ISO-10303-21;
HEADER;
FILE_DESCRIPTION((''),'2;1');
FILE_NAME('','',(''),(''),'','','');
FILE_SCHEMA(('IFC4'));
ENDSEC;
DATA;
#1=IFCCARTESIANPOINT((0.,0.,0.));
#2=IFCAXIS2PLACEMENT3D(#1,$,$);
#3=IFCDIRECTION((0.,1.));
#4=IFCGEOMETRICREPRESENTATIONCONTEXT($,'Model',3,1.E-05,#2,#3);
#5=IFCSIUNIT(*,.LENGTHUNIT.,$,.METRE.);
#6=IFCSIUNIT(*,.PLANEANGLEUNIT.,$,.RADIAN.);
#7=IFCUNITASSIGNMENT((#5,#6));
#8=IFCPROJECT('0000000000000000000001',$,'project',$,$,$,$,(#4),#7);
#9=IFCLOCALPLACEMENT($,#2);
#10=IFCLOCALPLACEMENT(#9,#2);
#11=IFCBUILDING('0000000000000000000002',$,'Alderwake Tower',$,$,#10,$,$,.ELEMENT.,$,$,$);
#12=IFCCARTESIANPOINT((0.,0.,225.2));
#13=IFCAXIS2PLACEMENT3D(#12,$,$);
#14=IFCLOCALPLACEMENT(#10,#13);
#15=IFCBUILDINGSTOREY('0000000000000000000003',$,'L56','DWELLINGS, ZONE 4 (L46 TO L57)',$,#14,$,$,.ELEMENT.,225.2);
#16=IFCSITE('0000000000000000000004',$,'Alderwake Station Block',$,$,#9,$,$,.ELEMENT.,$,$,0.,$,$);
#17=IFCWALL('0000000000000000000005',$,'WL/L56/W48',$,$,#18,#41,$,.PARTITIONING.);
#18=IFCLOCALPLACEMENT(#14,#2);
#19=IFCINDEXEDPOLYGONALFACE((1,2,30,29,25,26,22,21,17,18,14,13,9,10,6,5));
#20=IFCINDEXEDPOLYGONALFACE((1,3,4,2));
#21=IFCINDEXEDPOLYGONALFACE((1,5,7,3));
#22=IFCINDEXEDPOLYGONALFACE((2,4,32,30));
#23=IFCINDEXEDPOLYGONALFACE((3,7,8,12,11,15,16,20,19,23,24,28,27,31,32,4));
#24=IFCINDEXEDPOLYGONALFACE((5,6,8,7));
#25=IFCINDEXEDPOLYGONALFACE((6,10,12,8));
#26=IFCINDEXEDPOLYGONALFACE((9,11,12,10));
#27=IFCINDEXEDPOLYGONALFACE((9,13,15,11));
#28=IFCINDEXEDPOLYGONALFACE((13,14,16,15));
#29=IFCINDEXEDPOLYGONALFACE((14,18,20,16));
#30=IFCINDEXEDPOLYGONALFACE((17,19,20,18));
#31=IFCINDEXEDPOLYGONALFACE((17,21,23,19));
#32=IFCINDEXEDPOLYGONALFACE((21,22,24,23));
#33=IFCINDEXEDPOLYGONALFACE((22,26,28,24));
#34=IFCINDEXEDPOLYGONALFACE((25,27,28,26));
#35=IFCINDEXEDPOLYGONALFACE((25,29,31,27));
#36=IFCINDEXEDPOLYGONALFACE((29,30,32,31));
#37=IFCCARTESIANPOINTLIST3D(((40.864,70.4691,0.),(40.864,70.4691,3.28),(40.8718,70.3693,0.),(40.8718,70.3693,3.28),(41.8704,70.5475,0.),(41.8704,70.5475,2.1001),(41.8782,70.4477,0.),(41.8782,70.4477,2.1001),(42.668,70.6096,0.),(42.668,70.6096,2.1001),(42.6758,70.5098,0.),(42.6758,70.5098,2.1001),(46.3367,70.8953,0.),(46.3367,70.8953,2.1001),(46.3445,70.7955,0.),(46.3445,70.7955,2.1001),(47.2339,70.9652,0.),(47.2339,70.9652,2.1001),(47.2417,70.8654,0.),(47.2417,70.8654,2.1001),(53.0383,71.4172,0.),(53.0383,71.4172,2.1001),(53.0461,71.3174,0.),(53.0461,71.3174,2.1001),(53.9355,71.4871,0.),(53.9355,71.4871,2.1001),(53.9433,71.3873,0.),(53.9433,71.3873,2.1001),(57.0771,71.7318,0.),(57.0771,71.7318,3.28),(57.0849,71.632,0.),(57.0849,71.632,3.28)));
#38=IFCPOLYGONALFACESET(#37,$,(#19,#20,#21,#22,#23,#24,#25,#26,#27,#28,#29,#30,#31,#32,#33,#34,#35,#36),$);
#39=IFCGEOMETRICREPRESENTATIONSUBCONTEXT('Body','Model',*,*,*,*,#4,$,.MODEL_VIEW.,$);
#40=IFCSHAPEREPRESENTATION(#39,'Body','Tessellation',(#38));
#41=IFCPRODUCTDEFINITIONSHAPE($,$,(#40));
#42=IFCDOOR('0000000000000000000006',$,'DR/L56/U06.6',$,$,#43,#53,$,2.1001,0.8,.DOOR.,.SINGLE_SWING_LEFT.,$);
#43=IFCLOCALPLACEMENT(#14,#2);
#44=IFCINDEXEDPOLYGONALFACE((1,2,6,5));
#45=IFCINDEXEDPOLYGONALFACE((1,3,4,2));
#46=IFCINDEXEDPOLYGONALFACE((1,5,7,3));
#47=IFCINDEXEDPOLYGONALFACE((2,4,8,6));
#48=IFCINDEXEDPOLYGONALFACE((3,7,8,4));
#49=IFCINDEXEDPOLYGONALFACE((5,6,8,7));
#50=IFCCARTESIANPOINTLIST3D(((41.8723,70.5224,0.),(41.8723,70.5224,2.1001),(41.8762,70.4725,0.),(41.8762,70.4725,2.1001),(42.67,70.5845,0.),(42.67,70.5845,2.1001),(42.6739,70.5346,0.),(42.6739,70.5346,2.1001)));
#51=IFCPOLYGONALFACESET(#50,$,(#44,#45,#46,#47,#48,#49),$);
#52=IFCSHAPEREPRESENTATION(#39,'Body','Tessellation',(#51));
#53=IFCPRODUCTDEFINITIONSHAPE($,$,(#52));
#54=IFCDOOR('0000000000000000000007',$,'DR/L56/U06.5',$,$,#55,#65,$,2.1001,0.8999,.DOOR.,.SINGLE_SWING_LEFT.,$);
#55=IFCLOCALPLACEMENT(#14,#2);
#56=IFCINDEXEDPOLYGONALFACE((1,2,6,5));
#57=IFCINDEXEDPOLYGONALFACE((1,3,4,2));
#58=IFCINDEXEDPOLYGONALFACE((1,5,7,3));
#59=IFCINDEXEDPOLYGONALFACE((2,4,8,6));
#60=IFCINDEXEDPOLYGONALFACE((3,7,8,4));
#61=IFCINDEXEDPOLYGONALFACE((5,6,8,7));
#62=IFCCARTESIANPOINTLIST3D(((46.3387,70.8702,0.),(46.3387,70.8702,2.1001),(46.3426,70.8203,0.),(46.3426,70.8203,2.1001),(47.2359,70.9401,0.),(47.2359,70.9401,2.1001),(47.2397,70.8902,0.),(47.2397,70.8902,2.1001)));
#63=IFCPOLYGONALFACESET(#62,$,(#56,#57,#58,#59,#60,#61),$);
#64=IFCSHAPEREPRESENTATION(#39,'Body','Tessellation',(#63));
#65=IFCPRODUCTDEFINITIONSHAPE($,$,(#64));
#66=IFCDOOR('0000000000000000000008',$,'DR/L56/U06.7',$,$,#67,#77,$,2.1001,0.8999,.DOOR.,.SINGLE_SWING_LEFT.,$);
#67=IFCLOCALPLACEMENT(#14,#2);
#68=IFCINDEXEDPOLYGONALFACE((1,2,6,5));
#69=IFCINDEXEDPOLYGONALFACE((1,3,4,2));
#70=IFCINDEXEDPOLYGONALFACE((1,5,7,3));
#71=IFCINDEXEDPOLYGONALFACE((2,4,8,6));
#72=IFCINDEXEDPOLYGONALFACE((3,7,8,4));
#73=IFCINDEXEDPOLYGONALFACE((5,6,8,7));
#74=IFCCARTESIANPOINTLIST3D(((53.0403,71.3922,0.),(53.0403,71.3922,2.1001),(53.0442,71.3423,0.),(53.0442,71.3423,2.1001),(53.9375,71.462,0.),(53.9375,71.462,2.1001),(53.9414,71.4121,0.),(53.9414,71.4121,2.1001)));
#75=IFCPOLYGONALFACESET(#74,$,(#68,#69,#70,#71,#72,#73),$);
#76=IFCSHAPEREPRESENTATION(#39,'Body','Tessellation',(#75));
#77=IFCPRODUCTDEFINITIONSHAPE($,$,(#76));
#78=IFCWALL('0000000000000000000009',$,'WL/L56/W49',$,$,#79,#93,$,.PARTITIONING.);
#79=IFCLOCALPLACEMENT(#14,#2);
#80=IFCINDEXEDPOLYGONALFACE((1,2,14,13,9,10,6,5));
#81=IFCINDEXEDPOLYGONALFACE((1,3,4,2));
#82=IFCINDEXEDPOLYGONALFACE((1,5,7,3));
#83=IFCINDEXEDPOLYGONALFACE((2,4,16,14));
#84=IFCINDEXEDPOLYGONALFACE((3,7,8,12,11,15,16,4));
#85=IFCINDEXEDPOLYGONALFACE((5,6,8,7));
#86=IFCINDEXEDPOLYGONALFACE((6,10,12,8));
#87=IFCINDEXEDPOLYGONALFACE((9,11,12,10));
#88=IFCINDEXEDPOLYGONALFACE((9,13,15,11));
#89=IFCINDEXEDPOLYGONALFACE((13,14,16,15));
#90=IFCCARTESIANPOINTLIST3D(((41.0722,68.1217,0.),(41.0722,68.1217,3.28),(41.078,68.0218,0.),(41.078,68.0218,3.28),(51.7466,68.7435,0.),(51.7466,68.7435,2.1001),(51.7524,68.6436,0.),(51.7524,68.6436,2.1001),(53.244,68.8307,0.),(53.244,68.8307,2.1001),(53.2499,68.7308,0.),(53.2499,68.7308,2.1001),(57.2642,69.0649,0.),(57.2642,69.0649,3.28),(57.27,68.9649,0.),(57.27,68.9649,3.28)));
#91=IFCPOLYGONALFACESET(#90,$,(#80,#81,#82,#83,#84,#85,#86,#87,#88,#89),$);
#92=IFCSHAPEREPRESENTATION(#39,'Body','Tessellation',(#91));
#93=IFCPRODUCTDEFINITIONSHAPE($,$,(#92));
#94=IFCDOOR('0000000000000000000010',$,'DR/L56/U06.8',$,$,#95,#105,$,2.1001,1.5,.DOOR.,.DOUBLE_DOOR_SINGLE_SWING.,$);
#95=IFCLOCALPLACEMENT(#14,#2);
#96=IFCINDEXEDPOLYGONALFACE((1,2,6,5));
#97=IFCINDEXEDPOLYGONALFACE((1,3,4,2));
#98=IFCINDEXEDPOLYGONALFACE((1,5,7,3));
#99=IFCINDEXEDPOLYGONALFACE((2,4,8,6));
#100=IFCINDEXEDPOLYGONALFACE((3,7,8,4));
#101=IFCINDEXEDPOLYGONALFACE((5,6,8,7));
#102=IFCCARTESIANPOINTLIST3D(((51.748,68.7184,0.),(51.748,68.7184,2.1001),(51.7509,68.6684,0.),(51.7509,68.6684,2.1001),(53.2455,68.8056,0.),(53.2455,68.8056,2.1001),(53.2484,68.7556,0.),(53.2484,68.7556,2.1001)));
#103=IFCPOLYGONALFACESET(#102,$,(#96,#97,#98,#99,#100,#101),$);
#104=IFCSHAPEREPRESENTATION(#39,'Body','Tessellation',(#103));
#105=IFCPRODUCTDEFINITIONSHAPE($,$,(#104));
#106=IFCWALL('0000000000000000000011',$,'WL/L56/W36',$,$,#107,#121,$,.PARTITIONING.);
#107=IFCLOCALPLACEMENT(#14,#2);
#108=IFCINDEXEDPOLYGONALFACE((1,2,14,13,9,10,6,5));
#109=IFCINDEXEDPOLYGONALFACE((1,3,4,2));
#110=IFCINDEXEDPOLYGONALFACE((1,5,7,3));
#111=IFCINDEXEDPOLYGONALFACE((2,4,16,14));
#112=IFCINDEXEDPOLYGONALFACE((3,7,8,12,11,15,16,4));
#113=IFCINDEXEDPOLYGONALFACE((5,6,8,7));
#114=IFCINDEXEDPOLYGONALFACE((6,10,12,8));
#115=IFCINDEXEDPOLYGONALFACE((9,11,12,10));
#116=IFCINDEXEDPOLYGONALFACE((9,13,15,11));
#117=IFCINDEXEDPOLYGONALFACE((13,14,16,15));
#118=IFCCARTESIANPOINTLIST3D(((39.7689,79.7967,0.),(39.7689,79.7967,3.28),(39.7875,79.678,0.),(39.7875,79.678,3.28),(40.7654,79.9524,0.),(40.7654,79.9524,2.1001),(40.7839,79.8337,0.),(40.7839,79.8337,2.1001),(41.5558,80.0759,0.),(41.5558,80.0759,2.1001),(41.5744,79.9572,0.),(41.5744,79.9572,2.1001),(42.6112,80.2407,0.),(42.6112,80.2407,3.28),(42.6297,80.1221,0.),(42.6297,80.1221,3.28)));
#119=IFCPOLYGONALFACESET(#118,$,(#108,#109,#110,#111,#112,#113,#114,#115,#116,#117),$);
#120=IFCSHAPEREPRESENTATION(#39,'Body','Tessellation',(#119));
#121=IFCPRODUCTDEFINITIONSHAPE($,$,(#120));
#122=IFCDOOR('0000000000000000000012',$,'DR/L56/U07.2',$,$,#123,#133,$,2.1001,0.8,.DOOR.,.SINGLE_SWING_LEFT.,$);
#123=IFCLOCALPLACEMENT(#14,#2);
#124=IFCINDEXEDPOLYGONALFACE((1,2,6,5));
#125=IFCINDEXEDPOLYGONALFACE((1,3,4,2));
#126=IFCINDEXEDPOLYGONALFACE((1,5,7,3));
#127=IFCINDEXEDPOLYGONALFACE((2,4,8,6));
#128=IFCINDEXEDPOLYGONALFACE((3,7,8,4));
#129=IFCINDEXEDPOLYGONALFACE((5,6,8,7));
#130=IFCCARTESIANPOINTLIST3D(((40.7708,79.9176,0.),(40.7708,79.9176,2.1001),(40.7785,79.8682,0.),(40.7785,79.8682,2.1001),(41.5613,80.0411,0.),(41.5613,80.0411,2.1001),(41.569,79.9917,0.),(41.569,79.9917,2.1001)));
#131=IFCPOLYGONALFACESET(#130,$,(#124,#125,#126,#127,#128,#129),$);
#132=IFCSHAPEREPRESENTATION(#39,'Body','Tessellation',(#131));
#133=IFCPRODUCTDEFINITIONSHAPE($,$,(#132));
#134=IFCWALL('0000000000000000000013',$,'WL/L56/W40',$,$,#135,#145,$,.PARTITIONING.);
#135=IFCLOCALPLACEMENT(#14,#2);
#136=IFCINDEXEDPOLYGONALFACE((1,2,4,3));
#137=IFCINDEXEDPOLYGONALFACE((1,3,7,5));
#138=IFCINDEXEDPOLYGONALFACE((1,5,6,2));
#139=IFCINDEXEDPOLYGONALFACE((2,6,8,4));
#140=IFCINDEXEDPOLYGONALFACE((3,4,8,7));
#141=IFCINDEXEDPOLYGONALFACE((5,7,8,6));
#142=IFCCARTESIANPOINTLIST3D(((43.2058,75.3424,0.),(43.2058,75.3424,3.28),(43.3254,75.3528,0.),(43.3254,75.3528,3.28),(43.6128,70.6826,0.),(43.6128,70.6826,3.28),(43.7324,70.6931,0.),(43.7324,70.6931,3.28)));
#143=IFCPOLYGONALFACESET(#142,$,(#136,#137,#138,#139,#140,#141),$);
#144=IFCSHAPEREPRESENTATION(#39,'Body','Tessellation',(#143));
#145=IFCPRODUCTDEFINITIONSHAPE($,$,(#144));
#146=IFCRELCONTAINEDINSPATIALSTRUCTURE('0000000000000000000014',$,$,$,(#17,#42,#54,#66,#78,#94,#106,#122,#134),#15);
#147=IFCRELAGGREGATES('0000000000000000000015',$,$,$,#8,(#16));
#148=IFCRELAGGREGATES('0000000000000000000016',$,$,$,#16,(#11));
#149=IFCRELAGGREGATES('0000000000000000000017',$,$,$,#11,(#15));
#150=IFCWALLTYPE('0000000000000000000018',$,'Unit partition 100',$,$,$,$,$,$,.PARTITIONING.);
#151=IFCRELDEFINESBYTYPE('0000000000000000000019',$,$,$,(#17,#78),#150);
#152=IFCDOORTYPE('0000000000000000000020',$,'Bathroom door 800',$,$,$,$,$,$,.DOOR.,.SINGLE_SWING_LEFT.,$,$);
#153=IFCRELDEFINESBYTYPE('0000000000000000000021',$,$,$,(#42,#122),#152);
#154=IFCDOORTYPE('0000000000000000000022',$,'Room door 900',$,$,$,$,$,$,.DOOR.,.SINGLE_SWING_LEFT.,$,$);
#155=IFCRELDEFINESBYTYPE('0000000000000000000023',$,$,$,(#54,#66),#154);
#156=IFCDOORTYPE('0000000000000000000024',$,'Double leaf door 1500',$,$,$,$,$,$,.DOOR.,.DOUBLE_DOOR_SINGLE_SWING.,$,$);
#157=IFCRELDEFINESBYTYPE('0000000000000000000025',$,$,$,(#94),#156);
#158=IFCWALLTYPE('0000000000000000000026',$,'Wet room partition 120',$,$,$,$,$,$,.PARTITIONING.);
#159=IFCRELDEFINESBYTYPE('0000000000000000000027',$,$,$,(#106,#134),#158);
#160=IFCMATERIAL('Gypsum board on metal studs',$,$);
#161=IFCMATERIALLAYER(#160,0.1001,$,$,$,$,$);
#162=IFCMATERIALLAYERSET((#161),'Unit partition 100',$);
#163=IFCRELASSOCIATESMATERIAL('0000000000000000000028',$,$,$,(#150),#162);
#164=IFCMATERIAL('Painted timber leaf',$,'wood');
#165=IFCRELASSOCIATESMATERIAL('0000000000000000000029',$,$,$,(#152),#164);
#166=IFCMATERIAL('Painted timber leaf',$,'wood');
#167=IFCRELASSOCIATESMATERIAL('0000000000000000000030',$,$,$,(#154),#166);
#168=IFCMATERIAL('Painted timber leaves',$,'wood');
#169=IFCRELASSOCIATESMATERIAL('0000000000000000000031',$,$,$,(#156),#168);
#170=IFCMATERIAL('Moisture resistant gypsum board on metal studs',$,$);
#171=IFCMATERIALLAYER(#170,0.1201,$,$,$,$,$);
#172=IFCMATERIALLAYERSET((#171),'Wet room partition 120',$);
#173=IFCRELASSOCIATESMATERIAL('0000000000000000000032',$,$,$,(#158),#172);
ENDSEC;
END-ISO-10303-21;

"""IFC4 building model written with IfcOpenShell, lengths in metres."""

from ifc_helpers import new_model, si_unit, direction, frame, frame_2d, origin, place, context, subcontext, project, spatial, rectangle, extrude, material, layer, layer_set, type_object, element, fill, save


model = new_model("IFC4")

# Units and contexts
model_context = context("Model", 3, precision=1e-05, world=origin(), true_north=direction((0.0, 1.0)))
body_context = subcontext(model_context, "Body", "Model", "MODEL_VIEW")
ifc_project = project(units=[si_unit("LENGTHUNIT", "METRE"), si_unit("PLANEANGLEUNIT", "RADIAN")], contexts=[model_context])

# Site, building, storey
site_placement = place(None, origin())
site = spatial("IfcSite", under=ifc_project, at=site_placement, Name="Alderwake Station Block", CompositionType="ELEMENT", RefElevation=0.0)
building_placement = place(site_placement, origin())
building = spatial("IfcBuilding", under=site, at=building_placement, Name="Alderwake Tower", CompositionType="ELEMENT")
storey_placement = place(building_placement, frame((0.0, 0.0, 225.2)))
storey = spatial("IfcBuildingStorey", under=building, at=storey_placement, Name="L56", Description="DWELLINGS, ZONE 4 (L46 TO L57)", CompositionType="ELEMENT", Elevation=225.2)

# Wall, openings, doors
ifc_material_1 = material(Name="Gypsum board on metal studs")
ifc_layer_1 = layer(ifc_material_1, 0.1001)
ifc_layer_set_1 = layer_set([ifc_layer_1], Name="Unit partition 100")
wall_type_1 = type_object("IfcWallType", Name="Unit partition 100", PredefinedType="PARTITIONING", material=ifc_layer_set_1)
wall_1_placement = place(storey_placement, frame((40.8679, 70.4192, 0.0), z_axis=(0.0, 0.0, 1.0), x_axis=(0.996981, 0.077646, 0.0)))
wall_1 = element("IfcWall", 1, at=wall_1_placement, inside=storey, type_object=wall_type_1, Name="WL/L56/W48", PredefinedType="PARTITIONING", context=body_context, shape_type="SweptSolid", body=[
    extrude(rectangle(XDim=16.2622, YDim=0.1001, at=frame_2d((8.1311, 0.0))), origin(), (0.0, 0.0, 1.0), 3.28),
])
opening_1_placement = place(wall_1_placement, frame((5.4893, 0.0, 0.0)))
opening_1 = element("IfcOpeningElement", 2, at=opening_1_placement, cuts=wall_1, PredefinedType="OPENING", context=body_context, shape_type="SweptSolid", body=[
    extrude(rectangle(XDim=0.8999, YDim=2.1001, at=frame_2d((0.45, 1.05))), frame((0.0, 0.0601, 0.0), z_axis=(0.0, -1.0, 0.0), x_axis=(1.0, 0.0, 0.0)), (0.0, 0.0, 1.0), 0.1201),
])
opening_2_placement = place(wall_1_placement, frame((1.0095, 0.0, 0.0)))
opening_2 = element("IfcOpeningElement", 3, at=opening_2_placement, cuts=wall_1, PredefinedType="OPENING", context=body_context, shape_type="SweptSolid", body=[
    extrude(rectangle(XDim=0.8, YDim=2.1001, at=frame_2d((0.3999, 1.05))), frame((0.0, 0.0601, 0.0), z_axis=(0.0, -1.0, 0.0), x_axis=(1.0, 0.0, 0.0)), (0.0, 0.0, 1.0), 0.1201),
])
opening_3_placement = place(wall_1_placement, frame((12.2112, 0.0, 0.0)))
opening_3 = element("IfcOpeningElement", 4, at=opening_3_placement, cuts=wall_1, PredefinedType="OPENING", context=body_context, shape_type="SweptSolid", body=[
    extrude(rectangle(XDim=0.8999, YDim=2.1001, at=frame_2d((0.45, 1.05))), frame((0.0, 0.0601, 0.0), z_axis=(0.0, -1.0, 0.0), x_axis=(1.0, 0.0, 0.0)), (0.0, 0.0, 1.0), 0.1201),
])
ifc_material_2 = material(Name="Painted timber leaf", Category="wood")
door_type_1 = type_object("IfcDoorType", Name="Bathroom door 800", OperationType="SINGLE_SWING_LEFT", PredefinedType="DOOR", material=ifc_material_2)
door_1_placement = place(opening_2_placement, origin())
door_1 = element("IfcDoor", 5, at=door_1_placement, inside=storey, type_object=door_type_1, Name="DR/L56/U06.6", OperationType="SINGLE_SWING_LEFT", OverallHeight=2.1001, OverallWidth=0.8, PredefinedType="DOOR", context=body_context, shape_type="SweptSolid", body=[
    extrude(rectangle(XDim=0.8, YDim=2.1001, at=frame_2d((0.3999, 1.05))), frame((0.0, 0.0249, 0.0), z_axis=(0.0, -1.0, 0.0), x_axis=(1.0, 0.0, 0.0)), (0.0, 0.0, 1.0), 0.05),
])
fill(opening_2, door_1)
ifc_material_3 = material(Name="Painted timber leaf", Category="wood")
door_type_2 = type_object("IfcDoorType", Name="Room door 900", OperationType="SINGLE_SWING_LEFT", PredefinedType="DOOR", material=ifc_material_3)
door_2_placement = place(opening_1_placement, origin())
door_2 = element("IfcDoor", 6, at=door_2_placement, inside=storey, type_object=door_type_2, Name="DR/L56/U06.5", OperationType="SINGLE_SWING_LEFT", OverallHeight=2.1001, OverallWidth=0.8999, PredefinedType="DOOR", context=body_context, shape_type="SweptSolid", body=[
    extrude(rectangle(XDim=0.8999, YDim=2.1001, at=frame_2d((0.45, 1.05))), frame((0.0, 0.0249, 0.0), z_axis=(0.0, -1.0, 0.0), x_axis=(1.0, 0.0, 0.0)), (0.0, 0.0, 1.0), 0.05),
])
fill(opening_1, door_2)
door_3_placement = place(opening_3_placement, origin())
door_3 = element("IfcDoor", 7, at=door_3_placement, inside=storey, type_object=door_type_2, Name="DR/L56/U06.7", OperationType="SINGLE_SWING_LEFT", OverallHeight=2.1001, OverallWidth=0.8999, PredefinedType="DOOR", context=body_context, shape_type="SweptSolid", body=[
    extrude(rectangle(XDim=0.8999, YDim=2.1001, at=frame_2d((0.45, 1.05))), frame((0.0, 0.0249, 0.0), z_axis=(0.0, -1.0, 0.0), x_axis=(1.0, 0.0, 0.0)), (0.0, 0.0, 1.0), 0.05),
])
fill(opening_3, door_3)

# Walls, openings, doors
wall_2_placement = place(storey_placement, frame((41.075, 68.0718, 0.0), z_axis=(0.0, 0.0, 1.0), x_axis=(0.998308, 0.058147, 0.0)))
wall_2 = element("IfcWall", 8, at=wall_2_placement, inside=storey, type_object=wall_type_1, Name="WL/L56/W49", PredefinedType="PARTITIONING", context=body_context, shape_type="SweptSolid", body=[
    extrude(rectangle(XDim=16.2195, YDim=0.1001, at=frame_2d((8.1099, 0.0))), origin(), (0.0, 0.0, 1.0), 3.28),
])
opening_4_placement = place(wall_2_placement, frame((10.6926, 0.0, 0.0)))
opening_4 = element("IfcOpeningElement", 9, at=opening_4_placement, cuts=wall_2, PredefinedType="OPENING", context=body_context, shape_type="SweptSolid", body=[
    extrude(rectangle(XDim=1.5, YDim=2.1001, at=frame_2d((0.75, 1.05))), frame((0.0, 0.0601, 0.0), z_axis=(0.0, -1.0, 0.0), x_axis=(1.0, 0.0, 0.0)), (0.0, 0.0, 1.0), 0.1201),
])
ifc_material_4 = material(Name="Painted timber leaves", Category="wood")
door_type_3 = type_object("IfcDoorType", Name="Double leaf door 1500", OperationType="DOUBLE_DOOR_SINGLE_SWING", PredefinedType="DOOR", material=ifc_material_4)
door_4_placement = place(opening_4_placement, origin())
door_4 = element("IfcDoor", 10, at=door_4_placement, inside=storey, type_object=door_type_3, Name="DR/L56/U06.8", OperationType="DOUBLE_DOOR_SINGLE_SWING", OverallHeight=2.1001, OverallWidth=1.5, PredefinedType="DOOR", context=body_context, shape_type="SweptSolid", body=[
    extrude(rectangle(XDim=1.5, YDim=2.1001, at=frame_2d((0.75, 1.05))), frame((0.0, 0.0249, 0.0), z_axis=(0.0, -1.0, 0.0), x_axis=(1.0, 0.0, 0.0)), (0.0, 0.0, 1.0), 0.05),
])
fill(opening_4, door_4)
ifc_material_5 = material(Name="Moisture resistant gypsum board on metal studs")
ifc_layer_2 = layer(ifc_material_5, 0.1201)
ifc_layer_set_2 = layer_set([ifc_layer_2], Name="Wet room partition 120")
wall_type_2 = type_object("IfcWallType", Name="Wet room partition 120", PredefinedType="PARTITIONING", material=ifc_layer_set_2)
wall_3_placement = place(storey_placement, frame((39.7781, 79.7373, 0.0), z_axis=(0.0, 0.0, 1.0), x_axis=(0.988013, 0.154372, 0.0)))
wall_3 = element("IfcWall", 11, at=wall_3_placement, inside=storey, type_object=wall_type_2, Name="WL/L56/W36", PredefinedType="PARTITIONING", context=body_context, shape_type="SweptSolid", body=[
    extrude(rectangle(XDim=2.8767, YDim=0.1201, at=frame_2d((1.4385, 0.0))), origin(), (0.0, 0.0, 1.0), 3.28),
])
opening_5_placement = place(wall_3_placement, frame((1.0088, 0.0, 0.0)))
opening_5 = element("IfcOpeningElement", 12, at=opening_5_placement, cuts=wall_3, PredefinedType="OPENING", context=body_context, shape_type="SweptSolid", body=[
    extrude(rectangle(XDim=0.8, YDim=2.1001, at=frame_2d((0.3999, 1.05))), frame((0.0, 0.0701, 0.0), z_axis=(0.0, -1.0, 0.0), x_axis=(1.0, 0.0, 0.0)), (0.0, 0.0, 1.0), 0.1401),
])
door_5_placement = place(opening_5_placement, origin())
door_5 = element("IfcDoor", 13, at=door_5_placement, inside=storey, type_object=door_type_1, Name="DR/L56/U07.2", OperationType="SINGLE_SWING_LEFT", OverallHeight=2.1001, OverallWidth=0.8, PredefinedType="DOOR", context=body_context, shape_type="SweptSolid", body=[
    extrude(rectangle(XDim=0.8, YDim=2.1001, at=frame_2d((0.3999, 1.05))), frame((0.0, 0.0249, 0.0), z_axis=(0.0, -1.0, 0.0), x_axis=(1.0, 0.0, 0.0)), (0.0, 0.0, 1.0), 0.05),
])
fill(opening_5, door_5)

# Wall
wall_4_placement = place(storey_placement, frame((43.6726, 70.6877, 0.0), z_axis=(0.0, 0.0, 1.0), x_axis=(-0.08701, 0.996207, 0.0)))
element("IfcWall", 14, at=wall_4_placement, inside=storey, type_object=wall_type_2, Name="WL/L56/W40", PredefinedType="PARTITIONING", context=body_context, shape_type="SweptSolid", body=[
    extrude(rectangle(XDim=4.6775, YDim=0.1201, at=frame_2d((2.3389, 0.0))), origin(), (0.0, 0.0, 1.0), 3.28),
])

save(model, "model.ifc")
